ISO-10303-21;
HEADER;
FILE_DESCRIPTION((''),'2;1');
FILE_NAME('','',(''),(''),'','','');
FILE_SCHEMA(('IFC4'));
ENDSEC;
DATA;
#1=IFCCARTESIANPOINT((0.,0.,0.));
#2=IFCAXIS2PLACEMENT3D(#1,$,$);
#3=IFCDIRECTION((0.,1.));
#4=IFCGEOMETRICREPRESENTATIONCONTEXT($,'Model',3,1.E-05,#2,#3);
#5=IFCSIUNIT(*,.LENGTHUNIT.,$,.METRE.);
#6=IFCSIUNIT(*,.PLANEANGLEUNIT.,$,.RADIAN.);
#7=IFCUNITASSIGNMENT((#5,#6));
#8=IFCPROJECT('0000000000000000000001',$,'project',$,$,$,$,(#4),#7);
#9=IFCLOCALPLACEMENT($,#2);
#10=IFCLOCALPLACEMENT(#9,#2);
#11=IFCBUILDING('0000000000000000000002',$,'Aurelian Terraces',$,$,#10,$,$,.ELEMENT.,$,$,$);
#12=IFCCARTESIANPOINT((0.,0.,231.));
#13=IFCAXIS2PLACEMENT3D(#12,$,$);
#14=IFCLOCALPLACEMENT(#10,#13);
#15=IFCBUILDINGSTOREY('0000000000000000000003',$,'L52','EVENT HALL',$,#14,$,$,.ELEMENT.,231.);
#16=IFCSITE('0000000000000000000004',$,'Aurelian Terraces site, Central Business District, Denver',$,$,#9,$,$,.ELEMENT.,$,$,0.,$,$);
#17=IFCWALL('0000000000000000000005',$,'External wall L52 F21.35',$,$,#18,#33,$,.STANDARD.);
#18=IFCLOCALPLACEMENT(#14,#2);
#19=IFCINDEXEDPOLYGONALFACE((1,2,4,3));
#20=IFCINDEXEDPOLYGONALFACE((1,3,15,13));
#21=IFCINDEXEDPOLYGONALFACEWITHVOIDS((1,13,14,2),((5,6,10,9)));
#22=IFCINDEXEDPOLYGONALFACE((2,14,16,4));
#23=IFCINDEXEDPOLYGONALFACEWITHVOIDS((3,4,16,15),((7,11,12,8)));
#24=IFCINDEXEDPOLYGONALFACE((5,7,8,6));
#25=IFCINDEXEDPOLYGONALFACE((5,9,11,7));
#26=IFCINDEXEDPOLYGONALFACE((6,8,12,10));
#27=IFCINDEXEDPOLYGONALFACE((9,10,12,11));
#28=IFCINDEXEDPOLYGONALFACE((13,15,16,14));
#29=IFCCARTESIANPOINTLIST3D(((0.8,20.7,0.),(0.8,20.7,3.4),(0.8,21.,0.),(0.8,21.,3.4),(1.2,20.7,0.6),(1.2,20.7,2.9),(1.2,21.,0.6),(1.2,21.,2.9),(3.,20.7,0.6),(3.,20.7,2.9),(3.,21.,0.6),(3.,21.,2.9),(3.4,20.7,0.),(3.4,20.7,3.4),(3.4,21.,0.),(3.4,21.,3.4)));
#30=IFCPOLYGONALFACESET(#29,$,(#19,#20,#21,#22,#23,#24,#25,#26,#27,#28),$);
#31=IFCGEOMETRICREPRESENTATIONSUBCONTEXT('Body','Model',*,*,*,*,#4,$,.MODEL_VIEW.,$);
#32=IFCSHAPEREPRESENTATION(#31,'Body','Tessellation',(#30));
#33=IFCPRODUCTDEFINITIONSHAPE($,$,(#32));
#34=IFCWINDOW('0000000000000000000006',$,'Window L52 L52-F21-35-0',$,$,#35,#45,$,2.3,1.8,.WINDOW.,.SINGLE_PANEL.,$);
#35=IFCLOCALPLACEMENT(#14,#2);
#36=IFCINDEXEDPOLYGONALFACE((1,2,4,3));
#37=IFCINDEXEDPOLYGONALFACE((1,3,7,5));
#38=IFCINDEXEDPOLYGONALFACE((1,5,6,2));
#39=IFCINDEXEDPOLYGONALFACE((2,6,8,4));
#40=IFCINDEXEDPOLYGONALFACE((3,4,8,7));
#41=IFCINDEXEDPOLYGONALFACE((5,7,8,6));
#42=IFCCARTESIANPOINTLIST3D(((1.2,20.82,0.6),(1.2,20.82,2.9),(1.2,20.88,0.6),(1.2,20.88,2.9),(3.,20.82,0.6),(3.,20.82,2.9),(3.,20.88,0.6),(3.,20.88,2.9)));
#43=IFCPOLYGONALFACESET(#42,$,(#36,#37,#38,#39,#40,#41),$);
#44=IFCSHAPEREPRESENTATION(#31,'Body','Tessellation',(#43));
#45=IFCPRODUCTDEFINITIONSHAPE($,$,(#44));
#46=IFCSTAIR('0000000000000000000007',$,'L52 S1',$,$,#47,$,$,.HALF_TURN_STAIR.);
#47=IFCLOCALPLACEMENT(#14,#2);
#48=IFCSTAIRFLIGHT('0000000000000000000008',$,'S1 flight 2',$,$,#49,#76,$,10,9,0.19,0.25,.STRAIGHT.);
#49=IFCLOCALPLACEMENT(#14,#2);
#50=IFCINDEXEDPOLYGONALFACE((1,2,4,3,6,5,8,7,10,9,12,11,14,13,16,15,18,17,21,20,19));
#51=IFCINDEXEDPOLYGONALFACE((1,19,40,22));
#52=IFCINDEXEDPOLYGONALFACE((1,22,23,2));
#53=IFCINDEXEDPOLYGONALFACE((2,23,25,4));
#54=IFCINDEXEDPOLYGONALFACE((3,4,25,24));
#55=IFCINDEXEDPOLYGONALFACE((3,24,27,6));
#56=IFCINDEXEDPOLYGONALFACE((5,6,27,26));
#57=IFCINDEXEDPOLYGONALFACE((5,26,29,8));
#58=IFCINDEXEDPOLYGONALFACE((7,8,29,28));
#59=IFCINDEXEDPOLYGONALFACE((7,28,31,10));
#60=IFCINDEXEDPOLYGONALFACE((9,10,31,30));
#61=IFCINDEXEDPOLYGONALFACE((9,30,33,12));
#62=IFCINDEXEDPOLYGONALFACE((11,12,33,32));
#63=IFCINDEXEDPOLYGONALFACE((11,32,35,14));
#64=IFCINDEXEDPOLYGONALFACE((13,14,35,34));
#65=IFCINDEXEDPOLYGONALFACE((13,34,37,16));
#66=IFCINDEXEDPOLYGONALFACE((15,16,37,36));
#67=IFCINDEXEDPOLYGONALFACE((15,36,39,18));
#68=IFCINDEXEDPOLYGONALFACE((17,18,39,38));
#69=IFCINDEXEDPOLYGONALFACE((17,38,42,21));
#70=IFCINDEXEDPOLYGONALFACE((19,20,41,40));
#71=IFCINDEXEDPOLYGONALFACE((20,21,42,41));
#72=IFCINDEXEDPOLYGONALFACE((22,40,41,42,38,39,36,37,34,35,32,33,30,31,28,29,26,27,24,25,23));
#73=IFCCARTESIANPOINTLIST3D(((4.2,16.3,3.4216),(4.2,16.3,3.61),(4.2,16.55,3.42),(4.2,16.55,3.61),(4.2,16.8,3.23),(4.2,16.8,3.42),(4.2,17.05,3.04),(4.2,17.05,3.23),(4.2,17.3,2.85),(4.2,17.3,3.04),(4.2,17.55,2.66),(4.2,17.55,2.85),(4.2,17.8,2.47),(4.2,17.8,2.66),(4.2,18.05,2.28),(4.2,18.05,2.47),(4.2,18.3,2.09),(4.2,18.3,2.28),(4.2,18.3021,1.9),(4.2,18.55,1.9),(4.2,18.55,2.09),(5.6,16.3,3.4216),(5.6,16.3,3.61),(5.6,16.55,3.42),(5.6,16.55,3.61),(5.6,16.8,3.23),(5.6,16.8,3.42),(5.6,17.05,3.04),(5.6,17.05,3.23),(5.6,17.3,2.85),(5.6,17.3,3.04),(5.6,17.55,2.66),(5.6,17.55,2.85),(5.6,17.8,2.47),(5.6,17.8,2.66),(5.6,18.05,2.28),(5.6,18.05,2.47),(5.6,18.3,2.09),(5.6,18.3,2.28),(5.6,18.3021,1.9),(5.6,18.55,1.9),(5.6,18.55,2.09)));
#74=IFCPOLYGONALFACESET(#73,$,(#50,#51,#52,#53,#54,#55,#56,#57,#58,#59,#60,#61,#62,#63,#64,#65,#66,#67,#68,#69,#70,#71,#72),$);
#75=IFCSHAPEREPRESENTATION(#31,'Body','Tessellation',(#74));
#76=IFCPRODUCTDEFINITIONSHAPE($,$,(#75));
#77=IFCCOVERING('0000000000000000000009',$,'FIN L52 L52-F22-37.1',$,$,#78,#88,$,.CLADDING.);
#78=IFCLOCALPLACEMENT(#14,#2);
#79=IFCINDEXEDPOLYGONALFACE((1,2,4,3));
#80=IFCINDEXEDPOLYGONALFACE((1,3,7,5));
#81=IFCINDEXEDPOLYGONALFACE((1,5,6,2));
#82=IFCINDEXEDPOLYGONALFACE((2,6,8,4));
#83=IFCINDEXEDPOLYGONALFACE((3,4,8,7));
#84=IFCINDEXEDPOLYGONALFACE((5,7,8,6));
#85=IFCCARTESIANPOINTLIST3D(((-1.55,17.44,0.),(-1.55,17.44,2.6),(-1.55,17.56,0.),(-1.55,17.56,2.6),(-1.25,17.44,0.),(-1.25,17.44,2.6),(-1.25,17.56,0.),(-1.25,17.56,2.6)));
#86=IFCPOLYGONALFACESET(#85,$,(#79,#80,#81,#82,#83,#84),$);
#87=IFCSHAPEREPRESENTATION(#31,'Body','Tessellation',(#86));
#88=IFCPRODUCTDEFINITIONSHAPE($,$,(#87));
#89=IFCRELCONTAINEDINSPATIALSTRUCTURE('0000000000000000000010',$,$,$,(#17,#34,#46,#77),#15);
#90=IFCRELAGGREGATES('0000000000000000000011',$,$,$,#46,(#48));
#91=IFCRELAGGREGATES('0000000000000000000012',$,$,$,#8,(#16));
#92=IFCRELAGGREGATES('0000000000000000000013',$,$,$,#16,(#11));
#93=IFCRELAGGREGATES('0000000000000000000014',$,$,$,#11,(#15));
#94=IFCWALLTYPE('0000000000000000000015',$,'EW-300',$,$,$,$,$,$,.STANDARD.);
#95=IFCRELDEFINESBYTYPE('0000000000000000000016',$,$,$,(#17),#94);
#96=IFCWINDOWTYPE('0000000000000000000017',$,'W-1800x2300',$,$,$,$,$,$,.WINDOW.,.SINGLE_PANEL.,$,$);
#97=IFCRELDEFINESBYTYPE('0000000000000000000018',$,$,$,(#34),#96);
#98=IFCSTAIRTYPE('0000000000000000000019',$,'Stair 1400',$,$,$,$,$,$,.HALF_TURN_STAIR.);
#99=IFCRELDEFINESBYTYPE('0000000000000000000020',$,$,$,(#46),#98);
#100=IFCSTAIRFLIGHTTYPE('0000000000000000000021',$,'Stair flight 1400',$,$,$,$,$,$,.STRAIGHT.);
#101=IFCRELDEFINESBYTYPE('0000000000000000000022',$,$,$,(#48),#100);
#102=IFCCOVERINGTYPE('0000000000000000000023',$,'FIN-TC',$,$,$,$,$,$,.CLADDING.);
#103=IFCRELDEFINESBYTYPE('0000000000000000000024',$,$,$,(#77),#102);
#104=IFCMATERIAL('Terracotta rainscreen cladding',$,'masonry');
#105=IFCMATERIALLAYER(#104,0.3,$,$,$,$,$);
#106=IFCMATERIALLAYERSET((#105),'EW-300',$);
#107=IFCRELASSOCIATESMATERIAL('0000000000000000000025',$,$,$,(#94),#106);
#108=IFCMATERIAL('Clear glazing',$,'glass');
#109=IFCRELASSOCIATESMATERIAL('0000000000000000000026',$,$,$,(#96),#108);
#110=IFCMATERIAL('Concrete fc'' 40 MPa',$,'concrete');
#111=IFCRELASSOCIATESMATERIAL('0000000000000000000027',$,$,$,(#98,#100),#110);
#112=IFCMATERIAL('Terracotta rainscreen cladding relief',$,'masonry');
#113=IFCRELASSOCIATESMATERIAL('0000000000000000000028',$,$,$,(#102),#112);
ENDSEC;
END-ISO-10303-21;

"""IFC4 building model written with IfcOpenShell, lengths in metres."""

from ifc_helpers import new_model, si_unit, direction, frame, frame_2d, origin, origin_2d, place, context, subcontext, project, spatial, polyline, rectangle, outline, extrude, source, transform, mapped, material, layer, layer_set, type_object, element, fill, aggregate, save


model = new_model("IFC4")

# Units and contexts
model_context = context("Model", 3, precision=1e-05, world=origin(), true_north=direction((0.0, 1.0)))
body_context = subcontext(model_context, "Body", "Model", "MODEL_VIEW")
ifc_project = project(units=[si_unit("LENGTHUNIT", "METRE"), si_unit("PLANEANGLEUNIT", "RADIAN")], contexts=[model_context])

# Site, building, storey
site_placement = place(None, origin())
site = spatial("IfcSite", under=ifc_project, at=site_placement, Name="Aurelian Terraces site, Central Business District, Denver", CompositionType="ELEMENT", RefElevation=0.0)
building_placement = place(site_placement, origin())
building = spatial("IfcBuilding", under=site, at=building_placement, Name="Aurelian Terraces", CompositionType="ELEMENT")
storey_placement = place(building_placement, frame((0.0, 0.0, 231.0)))
storey = spatial("IfcBuildingStorey", under=building, at=storey_placement, Name="L52", Description="EVENT HALL", CompositionType="ELEMENT", Elevation=231.0)

# Shared definitions
ifc_material_1 = material(Name="Terracotta rainscreen cladding", Category="masonry")
ifc_layer_1 = layer(ifc_material_1, 0.3)
ifc_layer_set_1 = layer_set([ifc_layer_1], Name="EW-300")
wall_type_1 = type_object("IfcWallType", Name="EW-300", PredefinedType="STANDARD", material=ifc_layer_set_1)
ifc_material_2 = material(Name="Clear glazing", Category="glass")

# Shared definitions
shared_shape_1 = source(origin(), body_context, "Body", "SweptSolid", [
    extrude(rectangle(XDim=1.8, YDim=2.3, at=frame_2d((0.9, 1.15))), frame((0.0, 0.16, 0.0), z_axis=(0.0, -1.0, 0.0), x_axis=(1.0, 0.0, 0.0)), (0.0, 0.0, 1.0), 0.32),
])
window_type_1 = type_object("IfcWindowType", Name="W-1800x2300", PartitioningType="SINGLE_PANEL", PredefinedType="WINDOW", material=ifc_material_2)
shared_shape_2 = source(origin(), body_context, "Body", "SweptSolid", [
    extrude(rectangle(XDim=1.8, YDim=2.3, at=frame_2d((0.9, 1.15))), frame((0.0, 0.03, 0.0), z_axis=(0.0, -1.0, 0.0), x_axis=(1.0, 0.0, 0.0)), (0.0, 0.0, 1.0), 0.06),
])

# Wall, opening, window
shared_shape_3 = source(origin(), body_context, "Body", "SweptSolid", [
    extrude(rectangle(XDim=2.6, YDim=0.3, at=frame_2d((1.3, 0.0))), origin(), (0.0, 0.0, 1.0), 3.4),
])
wall_1_placement = place(storey_placement, frame((3.4, 20.85, 0.0), z_axis=(0.0, 0.0, 1.0), x_axis=(-1.0, 0.0, 0.0)))
wall_1 = element("IfcWall", 1, at=wall_1_placement, inside=storey, type_object=wall_type_1, Name="External wall L52 F21.35", PredefinedType="STANDARD", context=body_context, shape_type="MappedRepresentation", body=[
    mapped(shared_shape_3, transform((0.0, 0.0, 0.0), scale=1.0)),
])
opening_1_placement = place(wall_1_placement, frame((0.4, 0.0, 0.6)))
opening_1 = element("IfcOpeningElement", 2, at=opening_1_placement, cuts=wall_1, PredefinedType="OPENING", context=body_context, shape_type="MappedRepresentation", body=[
    mapped(shared_shape_1, transform((0.0, 0.0, 0.0), scale=1.0)),
])
window_1_placement = place(opening_1_placement, origin())
window_1 = element("IfcWindow", 3, at=window_1_placement, inside=storey, type_object=window_type_1, Name="Window L52 L52-F21-35-0", OverallHeight=2.3, OverallWidth=1.8, PartitioningType="SINGLE_PANEL", PredefinedType="WINDOW", context=body_context, shape_type="MappedRepresentation", body=[
    mapped(shared_shape_2, transform((0.0, 0.0, 0.0), scale=1.0)),
])
fill(opening_1, window_1)

# Stair, stair flight
ifc_material_3 = material(Name="Concrete fc' 40 MPa", Category="concrete")
stair_type = type_object("IfcStairType", Name="Stair 1400", PredefinedType="HALF_TURN_STAIR", material=ifc_material_3)
stair_placement = place(storey_placement, origin())
stair = element("IfcStair", 4, at=stair_placement, inside=storey, type_object=stair_type, Name="L52 S1", PredefinedType="HALF_TURN_STAIR")
stair_flight_type = type_object("IfcStairFlightType", Name="Stair flight 1400", PredefinedType="STRAIGHT", material=ifc_material_3)
shared_shape_4 = source(origin(), body_context, "Body", "SweptSolid", [
    extrude(outline(polyline([(0.0, 0.0), (0.0, 0.19), (0.25, 0.19), (0.25, 0.38), (0.5, 0.38), (0.5, 0.57), (0.75, 0.57), (0.75, 0.76), (1.0, 0.76), (1.0, 0.95), (1.25, 0.95), (1.25, 1.14), (1.5, 1.14), (1.5, 1.33), (1.75, 1.33), (1.75, 1.52), (2.0, 1.52), (2.0, 1.71), (2.25, 1.71), (2.25, 1.9), (2.25, 1.5216), (0.2479, 0.0), (0.0, 0.0)])), frame((0.0, 0.7, 0.0), z_axis=(0.0, -1.0, 0.0), x_axis=(1.0, 0.0, 0.0)), (0.0, 0.0, 1.0), 1.4),
])
stair_flight_placement = place(storey_placement, frame((4.9, 18.55, 1.9), z_axis=(0.0, 0.0, 1.0), x_axis=(0.0, -1.0, 0.0)))
stair_flight = element("IfcStairFlight", 5, at=stair_flight_placement, type_object=stair_flight_type, Name="S1 flight 2", NumberOfRisers=10, NumberOfTreads=9, PredefinedType="STRAIGHT", RiserHeight=0.19, TreadLength=0.25, context=body_context, shape_type="MappedRepresentation", body=[
    mapped(shared_shape_4, transform((0.0, 0.0, 0.0), scale=1.0)),
])
aggregate(stair, [stair_flight])

# Covering
ifc_material_4 = material(Name="Terracotta rainscreen cladding relief", Category="masonry")
covering_type = type_object("IfcCoveringType", Name="FIN-TC", PredefinedType="CLADDING", material=ifc_material_4)
shared_shape_5 = source(origin(), body_context, "Body", "SweptSolid", [
    extrude(rectangle(XDim=0.3, YDim=0.12, at=origin_2d()), origin(), (0.0, 0.0, 1.0), 2.6),
])
covering_placement = place(storey_placement, frame((-1.4, 17.5, 0.0), z_axis=(0.0, 0.0, 1.0), x_axis=(1.0, 0.0, 0.0)))
element("IfcCovering", 6, at=covering_placement, inside=storey, type_object=covering_type, Name="FIN L52 L52-F22-37.1", PredefinedType="CLADDING", context=body_context, shape_type="MappedRepresentation", body=[
    mapped(shared_shape_5, transform((0.0, 0.0, 0.0), scale=1.0)),
])

save(model, "model.ifc")
